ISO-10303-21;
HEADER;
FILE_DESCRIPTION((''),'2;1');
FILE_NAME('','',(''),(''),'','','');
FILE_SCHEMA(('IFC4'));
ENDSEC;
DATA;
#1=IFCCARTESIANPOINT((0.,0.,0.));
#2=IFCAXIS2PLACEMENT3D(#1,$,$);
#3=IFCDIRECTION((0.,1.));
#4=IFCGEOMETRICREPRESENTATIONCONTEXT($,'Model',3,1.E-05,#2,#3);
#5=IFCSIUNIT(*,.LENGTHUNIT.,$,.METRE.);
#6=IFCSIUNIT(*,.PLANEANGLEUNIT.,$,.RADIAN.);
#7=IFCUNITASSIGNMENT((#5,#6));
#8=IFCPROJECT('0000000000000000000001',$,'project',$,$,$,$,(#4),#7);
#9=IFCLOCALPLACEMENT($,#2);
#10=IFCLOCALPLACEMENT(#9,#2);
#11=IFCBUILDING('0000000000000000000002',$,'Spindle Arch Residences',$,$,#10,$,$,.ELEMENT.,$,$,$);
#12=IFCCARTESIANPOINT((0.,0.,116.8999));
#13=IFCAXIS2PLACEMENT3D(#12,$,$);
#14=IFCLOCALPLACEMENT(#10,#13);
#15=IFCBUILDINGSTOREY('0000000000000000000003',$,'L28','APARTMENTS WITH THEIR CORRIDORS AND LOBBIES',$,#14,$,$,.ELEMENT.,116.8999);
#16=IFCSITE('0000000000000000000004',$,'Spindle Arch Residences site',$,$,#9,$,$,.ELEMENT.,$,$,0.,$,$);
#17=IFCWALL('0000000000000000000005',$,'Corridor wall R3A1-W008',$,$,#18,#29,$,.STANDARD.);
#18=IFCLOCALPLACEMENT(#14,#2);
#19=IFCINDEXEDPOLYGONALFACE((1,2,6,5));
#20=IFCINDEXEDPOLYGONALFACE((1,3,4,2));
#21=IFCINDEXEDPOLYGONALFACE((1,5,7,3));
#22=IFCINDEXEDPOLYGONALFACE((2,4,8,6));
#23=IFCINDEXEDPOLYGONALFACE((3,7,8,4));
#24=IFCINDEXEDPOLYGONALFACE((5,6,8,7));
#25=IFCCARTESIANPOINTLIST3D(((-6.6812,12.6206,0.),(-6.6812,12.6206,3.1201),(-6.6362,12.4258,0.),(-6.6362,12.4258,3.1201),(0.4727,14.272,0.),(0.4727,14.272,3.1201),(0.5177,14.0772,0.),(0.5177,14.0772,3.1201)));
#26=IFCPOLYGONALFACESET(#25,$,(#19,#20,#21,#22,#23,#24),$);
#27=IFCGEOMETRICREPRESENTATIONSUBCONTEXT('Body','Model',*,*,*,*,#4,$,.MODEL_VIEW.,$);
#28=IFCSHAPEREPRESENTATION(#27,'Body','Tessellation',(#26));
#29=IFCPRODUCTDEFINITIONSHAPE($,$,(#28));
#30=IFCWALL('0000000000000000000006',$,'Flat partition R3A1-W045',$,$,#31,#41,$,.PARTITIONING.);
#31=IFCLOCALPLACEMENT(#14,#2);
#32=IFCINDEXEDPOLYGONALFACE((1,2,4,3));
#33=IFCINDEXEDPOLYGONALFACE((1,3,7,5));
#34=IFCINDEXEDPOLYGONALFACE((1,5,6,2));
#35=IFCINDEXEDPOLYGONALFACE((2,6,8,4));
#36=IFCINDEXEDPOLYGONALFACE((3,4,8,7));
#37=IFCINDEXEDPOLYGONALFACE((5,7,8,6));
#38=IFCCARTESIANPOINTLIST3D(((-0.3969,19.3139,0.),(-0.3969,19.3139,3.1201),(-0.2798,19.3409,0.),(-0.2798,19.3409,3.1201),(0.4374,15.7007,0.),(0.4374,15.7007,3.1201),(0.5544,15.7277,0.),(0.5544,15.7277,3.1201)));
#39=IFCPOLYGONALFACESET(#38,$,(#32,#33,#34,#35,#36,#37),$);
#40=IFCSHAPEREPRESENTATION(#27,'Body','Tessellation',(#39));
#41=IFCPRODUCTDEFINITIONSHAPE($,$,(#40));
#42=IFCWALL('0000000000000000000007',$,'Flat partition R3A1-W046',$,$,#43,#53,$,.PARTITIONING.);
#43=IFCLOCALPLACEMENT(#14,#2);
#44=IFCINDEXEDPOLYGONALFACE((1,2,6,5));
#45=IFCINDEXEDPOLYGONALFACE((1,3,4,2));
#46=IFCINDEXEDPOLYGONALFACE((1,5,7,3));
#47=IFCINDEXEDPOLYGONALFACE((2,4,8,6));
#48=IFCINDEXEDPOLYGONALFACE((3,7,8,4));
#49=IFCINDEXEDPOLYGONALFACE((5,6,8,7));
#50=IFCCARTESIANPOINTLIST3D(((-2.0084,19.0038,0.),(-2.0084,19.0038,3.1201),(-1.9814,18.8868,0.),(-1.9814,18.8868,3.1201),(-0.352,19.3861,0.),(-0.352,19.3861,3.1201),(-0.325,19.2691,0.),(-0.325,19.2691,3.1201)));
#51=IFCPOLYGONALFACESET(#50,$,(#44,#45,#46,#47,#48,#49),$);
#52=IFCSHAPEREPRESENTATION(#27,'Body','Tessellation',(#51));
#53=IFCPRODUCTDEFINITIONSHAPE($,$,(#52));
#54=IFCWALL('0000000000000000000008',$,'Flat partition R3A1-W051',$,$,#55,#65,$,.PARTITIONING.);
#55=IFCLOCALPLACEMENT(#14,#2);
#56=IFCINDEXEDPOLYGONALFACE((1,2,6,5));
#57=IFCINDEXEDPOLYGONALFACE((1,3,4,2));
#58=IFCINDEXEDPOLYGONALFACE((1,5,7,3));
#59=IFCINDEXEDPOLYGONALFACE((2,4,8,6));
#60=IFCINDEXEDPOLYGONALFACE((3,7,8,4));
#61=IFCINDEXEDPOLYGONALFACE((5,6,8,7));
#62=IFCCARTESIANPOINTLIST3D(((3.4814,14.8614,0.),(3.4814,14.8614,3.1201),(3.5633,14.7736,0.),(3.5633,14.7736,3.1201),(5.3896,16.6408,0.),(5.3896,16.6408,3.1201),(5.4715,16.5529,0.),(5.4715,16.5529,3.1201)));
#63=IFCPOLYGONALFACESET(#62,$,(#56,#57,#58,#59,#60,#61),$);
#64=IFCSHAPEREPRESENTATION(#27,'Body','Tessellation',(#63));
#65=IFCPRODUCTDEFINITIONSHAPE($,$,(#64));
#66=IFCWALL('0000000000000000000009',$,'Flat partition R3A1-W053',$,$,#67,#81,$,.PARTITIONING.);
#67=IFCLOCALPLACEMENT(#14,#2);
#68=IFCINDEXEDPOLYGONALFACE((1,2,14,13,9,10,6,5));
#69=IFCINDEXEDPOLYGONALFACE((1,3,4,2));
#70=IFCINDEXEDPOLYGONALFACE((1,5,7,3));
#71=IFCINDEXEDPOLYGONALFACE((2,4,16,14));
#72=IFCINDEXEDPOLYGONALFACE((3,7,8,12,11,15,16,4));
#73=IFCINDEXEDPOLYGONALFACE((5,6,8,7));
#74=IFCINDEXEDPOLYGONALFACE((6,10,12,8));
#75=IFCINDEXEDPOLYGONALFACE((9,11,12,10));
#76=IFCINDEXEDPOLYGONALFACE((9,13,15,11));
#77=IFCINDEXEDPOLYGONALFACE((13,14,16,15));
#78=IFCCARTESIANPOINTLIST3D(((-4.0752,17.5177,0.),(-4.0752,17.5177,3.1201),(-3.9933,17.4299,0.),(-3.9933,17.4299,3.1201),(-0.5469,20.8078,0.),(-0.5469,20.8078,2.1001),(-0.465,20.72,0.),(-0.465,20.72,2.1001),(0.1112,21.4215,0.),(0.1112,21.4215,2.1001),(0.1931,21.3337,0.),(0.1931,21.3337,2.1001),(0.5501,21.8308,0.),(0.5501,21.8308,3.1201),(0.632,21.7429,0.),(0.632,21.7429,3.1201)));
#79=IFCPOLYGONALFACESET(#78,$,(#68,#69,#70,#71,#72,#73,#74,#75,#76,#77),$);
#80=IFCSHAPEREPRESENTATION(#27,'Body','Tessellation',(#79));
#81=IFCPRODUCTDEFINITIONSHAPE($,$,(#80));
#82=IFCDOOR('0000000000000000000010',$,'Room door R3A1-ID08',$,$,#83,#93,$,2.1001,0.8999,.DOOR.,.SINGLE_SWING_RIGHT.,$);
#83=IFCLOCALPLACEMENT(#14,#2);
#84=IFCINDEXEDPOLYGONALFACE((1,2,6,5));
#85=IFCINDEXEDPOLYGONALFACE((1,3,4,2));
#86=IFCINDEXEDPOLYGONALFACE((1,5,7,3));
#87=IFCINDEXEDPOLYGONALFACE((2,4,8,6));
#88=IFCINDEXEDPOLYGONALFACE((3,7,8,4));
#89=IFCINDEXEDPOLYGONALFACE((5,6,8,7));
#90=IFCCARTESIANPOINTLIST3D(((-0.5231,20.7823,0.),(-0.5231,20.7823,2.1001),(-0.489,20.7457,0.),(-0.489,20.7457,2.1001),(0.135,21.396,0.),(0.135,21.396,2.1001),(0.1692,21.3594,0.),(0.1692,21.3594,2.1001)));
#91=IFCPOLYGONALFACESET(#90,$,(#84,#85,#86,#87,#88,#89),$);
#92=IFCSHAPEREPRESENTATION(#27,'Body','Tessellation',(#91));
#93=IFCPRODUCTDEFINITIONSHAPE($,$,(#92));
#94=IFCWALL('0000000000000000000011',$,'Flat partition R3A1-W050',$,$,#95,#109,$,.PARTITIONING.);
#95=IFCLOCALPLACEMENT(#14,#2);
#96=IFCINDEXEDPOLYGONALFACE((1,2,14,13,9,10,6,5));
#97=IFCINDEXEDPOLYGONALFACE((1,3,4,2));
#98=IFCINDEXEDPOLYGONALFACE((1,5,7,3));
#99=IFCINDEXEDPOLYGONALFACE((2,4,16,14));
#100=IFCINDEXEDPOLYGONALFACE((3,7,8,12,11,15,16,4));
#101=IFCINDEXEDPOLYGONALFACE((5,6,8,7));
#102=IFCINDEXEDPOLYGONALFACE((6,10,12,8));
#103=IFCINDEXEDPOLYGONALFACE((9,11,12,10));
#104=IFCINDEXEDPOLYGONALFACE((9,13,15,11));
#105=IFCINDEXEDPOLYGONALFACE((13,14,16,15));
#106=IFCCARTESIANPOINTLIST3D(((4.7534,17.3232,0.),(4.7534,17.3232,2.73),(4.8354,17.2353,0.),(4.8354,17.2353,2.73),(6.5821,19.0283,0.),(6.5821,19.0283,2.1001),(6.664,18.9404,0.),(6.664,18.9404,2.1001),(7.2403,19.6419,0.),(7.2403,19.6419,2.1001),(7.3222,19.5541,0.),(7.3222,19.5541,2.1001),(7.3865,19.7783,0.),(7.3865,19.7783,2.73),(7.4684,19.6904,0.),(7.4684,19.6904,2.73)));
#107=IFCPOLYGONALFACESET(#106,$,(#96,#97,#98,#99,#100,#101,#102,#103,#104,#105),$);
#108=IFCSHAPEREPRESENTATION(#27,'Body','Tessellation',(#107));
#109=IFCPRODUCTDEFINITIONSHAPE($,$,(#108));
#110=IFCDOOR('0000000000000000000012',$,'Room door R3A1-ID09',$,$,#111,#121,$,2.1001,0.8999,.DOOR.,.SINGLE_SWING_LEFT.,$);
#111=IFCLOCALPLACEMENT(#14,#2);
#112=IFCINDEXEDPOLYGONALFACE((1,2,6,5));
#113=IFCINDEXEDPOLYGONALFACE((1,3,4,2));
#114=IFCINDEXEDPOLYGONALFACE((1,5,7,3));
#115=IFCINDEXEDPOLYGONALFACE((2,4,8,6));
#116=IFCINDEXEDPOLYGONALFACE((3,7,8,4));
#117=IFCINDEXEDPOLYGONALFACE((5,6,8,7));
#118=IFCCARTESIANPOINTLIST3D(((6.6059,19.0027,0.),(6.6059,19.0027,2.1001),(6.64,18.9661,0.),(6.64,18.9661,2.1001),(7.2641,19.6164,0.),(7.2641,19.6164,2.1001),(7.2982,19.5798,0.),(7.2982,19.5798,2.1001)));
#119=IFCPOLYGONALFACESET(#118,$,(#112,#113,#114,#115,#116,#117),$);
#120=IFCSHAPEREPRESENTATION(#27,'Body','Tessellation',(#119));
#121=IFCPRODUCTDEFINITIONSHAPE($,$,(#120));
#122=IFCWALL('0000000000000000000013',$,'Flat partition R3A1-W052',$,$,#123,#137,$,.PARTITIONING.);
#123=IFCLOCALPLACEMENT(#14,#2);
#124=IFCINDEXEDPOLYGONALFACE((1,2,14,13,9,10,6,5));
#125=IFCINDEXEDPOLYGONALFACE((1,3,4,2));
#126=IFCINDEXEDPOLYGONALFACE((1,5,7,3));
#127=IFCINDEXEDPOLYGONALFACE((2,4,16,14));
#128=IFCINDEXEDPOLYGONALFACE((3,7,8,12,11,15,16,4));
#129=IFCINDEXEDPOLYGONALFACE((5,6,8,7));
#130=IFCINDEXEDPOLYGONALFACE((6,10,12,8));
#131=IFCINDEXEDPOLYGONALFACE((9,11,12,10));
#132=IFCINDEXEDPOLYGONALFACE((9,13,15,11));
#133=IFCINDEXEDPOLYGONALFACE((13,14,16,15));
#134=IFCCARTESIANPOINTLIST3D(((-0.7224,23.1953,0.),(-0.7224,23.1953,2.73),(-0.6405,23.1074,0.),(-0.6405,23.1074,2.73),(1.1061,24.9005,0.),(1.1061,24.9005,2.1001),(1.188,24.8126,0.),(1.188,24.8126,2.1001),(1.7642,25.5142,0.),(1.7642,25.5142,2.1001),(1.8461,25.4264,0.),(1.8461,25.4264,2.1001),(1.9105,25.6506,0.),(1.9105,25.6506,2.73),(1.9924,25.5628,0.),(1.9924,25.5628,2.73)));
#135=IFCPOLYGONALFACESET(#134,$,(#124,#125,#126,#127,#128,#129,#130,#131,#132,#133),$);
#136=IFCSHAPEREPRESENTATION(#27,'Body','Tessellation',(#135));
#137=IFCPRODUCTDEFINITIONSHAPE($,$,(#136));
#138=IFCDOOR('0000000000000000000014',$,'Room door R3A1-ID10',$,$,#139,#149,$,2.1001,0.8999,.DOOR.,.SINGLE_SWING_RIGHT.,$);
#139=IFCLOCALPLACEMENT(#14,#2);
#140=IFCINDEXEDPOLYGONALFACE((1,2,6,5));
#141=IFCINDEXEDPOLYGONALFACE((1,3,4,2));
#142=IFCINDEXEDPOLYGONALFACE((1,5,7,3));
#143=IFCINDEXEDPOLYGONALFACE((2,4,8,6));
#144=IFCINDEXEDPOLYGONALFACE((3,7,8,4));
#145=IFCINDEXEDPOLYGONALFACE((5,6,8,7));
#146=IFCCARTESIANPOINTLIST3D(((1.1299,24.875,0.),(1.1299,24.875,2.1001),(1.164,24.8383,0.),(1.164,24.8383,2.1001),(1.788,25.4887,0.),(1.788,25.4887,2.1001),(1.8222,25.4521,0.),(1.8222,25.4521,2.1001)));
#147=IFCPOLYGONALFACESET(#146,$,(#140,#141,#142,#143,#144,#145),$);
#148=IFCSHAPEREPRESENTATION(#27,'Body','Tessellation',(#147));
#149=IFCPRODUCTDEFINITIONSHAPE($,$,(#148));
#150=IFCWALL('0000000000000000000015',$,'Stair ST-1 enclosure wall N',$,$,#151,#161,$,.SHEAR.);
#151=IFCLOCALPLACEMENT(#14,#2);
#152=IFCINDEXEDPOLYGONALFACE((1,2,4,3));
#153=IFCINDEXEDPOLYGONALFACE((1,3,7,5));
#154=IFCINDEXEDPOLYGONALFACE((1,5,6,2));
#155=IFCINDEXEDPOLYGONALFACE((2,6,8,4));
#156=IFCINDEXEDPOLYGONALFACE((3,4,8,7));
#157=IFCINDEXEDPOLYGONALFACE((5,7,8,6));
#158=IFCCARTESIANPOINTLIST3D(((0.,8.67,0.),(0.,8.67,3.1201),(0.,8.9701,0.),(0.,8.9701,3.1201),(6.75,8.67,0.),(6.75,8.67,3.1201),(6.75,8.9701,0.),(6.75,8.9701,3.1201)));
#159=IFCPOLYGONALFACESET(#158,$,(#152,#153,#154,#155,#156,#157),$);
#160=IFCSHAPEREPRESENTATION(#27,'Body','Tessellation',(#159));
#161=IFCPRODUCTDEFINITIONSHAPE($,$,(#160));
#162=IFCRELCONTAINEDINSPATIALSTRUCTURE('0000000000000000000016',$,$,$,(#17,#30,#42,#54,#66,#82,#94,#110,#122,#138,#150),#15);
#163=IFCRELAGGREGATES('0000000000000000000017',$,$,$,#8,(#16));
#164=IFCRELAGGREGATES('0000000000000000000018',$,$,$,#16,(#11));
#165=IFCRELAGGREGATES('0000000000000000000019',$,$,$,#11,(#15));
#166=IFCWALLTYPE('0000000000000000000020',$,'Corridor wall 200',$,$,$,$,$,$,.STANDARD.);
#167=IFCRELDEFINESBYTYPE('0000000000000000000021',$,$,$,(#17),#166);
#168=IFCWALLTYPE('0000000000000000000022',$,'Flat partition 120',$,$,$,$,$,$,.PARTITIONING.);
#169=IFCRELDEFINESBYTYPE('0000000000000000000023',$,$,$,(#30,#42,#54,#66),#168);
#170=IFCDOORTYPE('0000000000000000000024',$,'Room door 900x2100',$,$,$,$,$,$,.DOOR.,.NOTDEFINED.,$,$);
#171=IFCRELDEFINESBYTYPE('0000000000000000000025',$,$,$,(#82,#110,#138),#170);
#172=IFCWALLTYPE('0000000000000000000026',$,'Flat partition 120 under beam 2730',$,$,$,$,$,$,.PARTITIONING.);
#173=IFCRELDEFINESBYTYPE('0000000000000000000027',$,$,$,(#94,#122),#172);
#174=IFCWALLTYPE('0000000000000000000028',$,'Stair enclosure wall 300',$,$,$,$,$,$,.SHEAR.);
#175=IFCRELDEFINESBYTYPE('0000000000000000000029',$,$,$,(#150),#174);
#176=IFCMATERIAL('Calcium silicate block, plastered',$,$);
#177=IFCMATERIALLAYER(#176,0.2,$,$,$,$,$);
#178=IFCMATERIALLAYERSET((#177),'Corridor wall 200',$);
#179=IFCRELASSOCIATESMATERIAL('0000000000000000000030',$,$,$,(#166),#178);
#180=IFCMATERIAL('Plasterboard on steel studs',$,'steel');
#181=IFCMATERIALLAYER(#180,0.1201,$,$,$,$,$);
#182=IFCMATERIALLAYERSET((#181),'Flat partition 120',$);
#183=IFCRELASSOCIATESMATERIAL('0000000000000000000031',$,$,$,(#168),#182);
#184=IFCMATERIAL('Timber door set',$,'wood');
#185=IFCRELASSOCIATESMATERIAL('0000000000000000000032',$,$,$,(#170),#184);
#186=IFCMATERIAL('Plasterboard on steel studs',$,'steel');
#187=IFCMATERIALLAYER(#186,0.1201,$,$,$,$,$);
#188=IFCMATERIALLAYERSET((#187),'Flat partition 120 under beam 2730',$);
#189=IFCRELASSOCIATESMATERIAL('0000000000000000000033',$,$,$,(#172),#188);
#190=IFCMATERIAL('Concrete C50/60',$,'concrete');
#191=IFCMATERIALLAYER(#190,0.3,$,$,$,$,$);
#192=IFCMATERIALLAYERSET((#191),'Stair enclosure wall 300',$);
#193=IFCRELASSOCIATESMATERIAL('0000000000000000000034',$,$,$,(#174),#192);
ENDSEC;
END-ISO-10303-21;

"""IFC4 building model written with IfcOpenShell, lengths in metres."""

from ifc_helpers import new_model, si_unit, direction, frame, frame_2d, origin, place, context, subcontext, project, spatial, rectangle, extrude, material, layer, layer_set, type_object, element, fill, save


model = new_model("IFC4")

# Units and contexts
model_context = context("Model", 3, precision=1e-05, world=origin(), true_north=direction((0.0, 1.0)))
body_context = subcontext(model_context, "Body", "Model", "MODEL_VIEW")
ifc_project = project(units=[si_unit("LENGTHUNIT", "METRE"), si_unit("PLANEANGLEUNIT", "RADIAN")], contexts=[model_context])

# Site, building, storey
site_placement = place(None, origin())
site = spatial("IfcSite", under=ifc_project, at=site_placement, Name="Spindle Arch Residences site", CompositionType="ELEMENT", RefElevation=0.0)
building_placement = place(site_placement, origin())
building = spatial("IfcBuilding", under=site, at=building_placement, Name="Spindle Arch Residences", CompositionType="ELEMENT")
storey_placement = place(building_placement, frame((0.0, 0.0, 116.8999)))
storey = spatial("IfcBuildingStorey", under=building, at=storey_placement, Name="L28", Description="APARTMENTS WITH THEIR CORRIDORS AND LOBBIES", CompositionType="ELEMENT", Elevation=116.8999)

# Walls
ifc_material_1 = material(Name="Calcium silicate block, plastered")
ifc_layer_1 = layer(ifc_material_1, 0.2)
ifc_layer_set_1 = layer_set([ifc_layer_1], Name="Corridor wall 200")
wall_type_1 = type_object("IfcWallType", Name="Corridor wall 200", PredefinedType="STANDARD", material=ifc_layer_set_1)
wall_1_placement = place(storey_placement, frame((0.4951, 14.1746, 0.0), z_axis=(0.0, 0.0, 1.0), x_axis=(-0.974377, -0.224923, 0.0)))
element("IfcWall", 1, at=wall_1_placement, inside=storey, type_object=wall_type_1, Name="Corridor wall R3A1-W008", PredefinedType="STANDARD", context=body_context, shape_type="SweptSolid", body=[
    extrude(rectangle(XDim=7.342, YDim=0.2, at=frame_2d((3.6709, 0.0))), origin(), (0.0, 0.0, 1.0), 3.1201),
])
ifc_material_2 = material(Name="Plasterboard on steel studs", Category="steel")
ifc_layer_2 = layer(ifc_material_2, 0.1201)
ifc_layer_set_2 = layer_set([ifc_layer_2], Name="Flat partition 120")
wall_type_2 = type_object("IfcWallType", Name="Flat partition 120", PredefinedType="PARTITIONING", material=ifc_layer_set_2)
wall_2_placement = place(storey_placement, frame((0.4958, 15.7144, 0.0), z_axis=(0.0, 0.0, 1.0), x_axis=(-0.22496, 0.974368, 0.0)))
element("IfcWall", 2, at=wall_2_placement, inside=storey, type_object=wall_type_2, Name="Flat partition R3A1-W045", PredefinedType="PARTITIONING", context=body_context, shape_type="SweptSolid", body=[
    extrude(rectangle(XDim=3.7083, YDim=0.1201, at=frame_2d((1.854, 0.0))), origin(), (0.0, 0.0, 1.0), 3.1201),
])
wall_3_placement = place(storey_placement, frame((-0.3384, 19.3276, 0.0), z_axis=(0.0, 0.0, 1.0), x_axis=(-0.974384, -0.224891, 0.0)))
element("IfcWall", 3, at=wall_3_placement, inside=storey, type_object=wall_type_2, Name="Flat partition R3A1-W046", PredefinedType="PARTITIONING", context=body_context, shape_type="SweptSolid", body=[
    extrude(rectangle(XDim=1.7, YDim=0.1201, at=frame_2d((0.8501, 0.0))), origin(), (0.0, 0.0, 1.0), 3.1201),
])
wall_4_placement = place(storey_placement, frame((5.4307, 16.5969, 0.0), z_axis=(0.0, 0.0, 1.0), x_axis=(-0.731379, -0.681971, 0.0)))
element("IfcWall", 4, at=wall_4_placement, inside=storey, type_object=wall_type_2, Name="Flat partition R3A1-W051", PredefinedType="PARTITIONING", context=body_context, shape_type="SweptSolid", body=[
    extrude(rectangle(XDim=2.6091, YDim=0.1201, at=frame_2d((1.3047, 0.0))), origin(), (0.0, 0.0, 1.0), 3.1201),
])

# Walls, openings, doors
wall_5_placement = place(storey_placement, frame((0.5911, 21.7869, 0.0), z_axis=(0.0, 0.0, 1.0), x_axis=(-0.731363, -0.681988, 0.0)))
wall_5 = element("IfcWall", 5, at=wall_5_placement, inside=storey, type_object=wall_type_2, Name="Flat partition R3A1-W053", PredefinedType="PARTITIONING", context=body_context, shape_type="SweptSolid", body=[
    extrude(rectangle(XDim=6.3242, YDim=0.1201, at=frame_2d((3.1621, 0.0))), origin(), (0.0, 0.0, 1.0), 3.1201),
])
opening_1_placement = place(wall_5_placement, frame((0.6001, 0.0, 0.0)))
opening_1 = element("IfcOpeningElement", 6, at=opening_1_placement, cuts=wall_5, PredefinedType="OPENING", context=body_context, shape_type="SweptSolid", body=[
    extrude(rectangle(XDim=0.8999, YDim=2.1001, at=frame_2d((0.45, 1.05))), frame((0.0, 0.0701, 0.0), z_axis=(0.0, -1.0, 0.0), x_axis=(1.0, 0.0, 0.0)), (0.0, 0.0, 1.0), 0.1401),
])
ifc_material_3 = material(Name="Timber door set", Category="wood")
door_type_1 = type_object("IfcDoorType", Name="Room door 900x2100", OperationType="NOTDEFINED", PredefinedType="DOOR", material=ifc_material_3)
door_1_placement = place(opening_1_placement, origin())
door_1 = element("IfcDoor", 7, at=door_1_placement, inside=storey, type_object=door_type_1, Name="Room door R3A1-ID08", OperationType="SINGLE_SWING_RIGHT", OverallHeight=2.1001, OverallWidth=0.8999, PredefinedType="DOOR", context=body_context, shape_type="SweptSolid", body=[
    extrude(rectangle(XDim=0.8999, YDim=2.1001, at=frame_2d((0.45, 1.05))), frame((0.0, 0.0249, 0.0), z_axis=(0.0, -1.0, 0.0), x_axis=(1.0, 0.0, 0.0)), (0.0, 0.0, 1.0), 0.05),
])
fill(opening_1, door_1)
ifc_material_4 = material(Name="Plasterboard on steel studs", Category="steel")
ifc_layer_3 = layer(ifc_material_4, 0.1201)
ifc_layer_set_3 = layer_set([ifc_layer_3], Name="Flat partition 120 under beam 2730")
wall_type_3 = type_object("IfcWallType", Name="Flat partition 120 under beam 2730", PredefinedType="PARTITIONING", material=ifc_layer_set_3)
wall_6_placement = place(storey_placement, frame((7.4275, 19.7344, 0.0), z_axis=(0.0, 0.0, 1.0), x_axis=(-0.731393, -0.681956, 0.0)))
wall_6 = element("IfcWall", 8, at=wall_6_placement, inside=storey, type_object=wall_type_3, Name="Flat partition R3A1-W050", PredefinedType="PARTITIONING", context=body_context, shape_type="SweptSolid", body=[
    extrude(rectangle(XDim=3.6001, YDim=0.1201, at=frame_2d((1.8, 0.0))), origin(), (0.0, 0.0, 1.0), 2.73),
])
opening_2_placement = place(wall_6_placement, frame((0.2, 0.0, 0.0)))
opening_2 = element("IfcOpeningElement", 9, at=opening_2_placement, cuts=wall_6, PredefinedType="OPENING", context=body_context, shape_type="SweptSolid", body=[
    extrude(rectangle(XDim=0.8999, YDim=2.1001, at=frame_2d((0.45, 1.05))), frame((0.0, 0.0701, 0.0), z_axis=(0.0, -1.0, 0.0), x_axis=(1.0, 0.0, 0.0)), (0.0, 0.0, 1.0), 0.1401),
])
door_2_placement = place(opening_2_placement, origin())
door_2 = element("IfcDoor", 10, at=door_2_placement, inside=storey, type_object=door_type_1, Name="Room door R3A1-ID09", OperationType="SINGLE_SWING_LEFT", OverallHeight=2.1001, OverallWidth=0.8999, PredefinedType="DOOR", context=body_context, shape_type="SweptSolid", body=[
    extrude(rectangle(XDim=0.8999, YDim=2.1001, at=frame_2d((0.45, 1.05))), frame((0.0, 0.0249, 0.0), z_axis=(0.0, -1.0, 0.0), x_axis=(1.0, 0.0, 0.0)), (0.0, 0.0, 1.0), 0.05),
])
fill(opening_2, door_2)
wall_7_placement = place(storey_placement, frame((1.9514, 25.6067, 0.0), z_axis=(0.0, 0.0, 1.0), x_axis=(-0.731328, -0.682026, 0.0)))
wall_7 = element("IfcWall", 11, at=wall_7_placement, inside=storey, type_object=wall_type_3, Name="Flat partition R3A1-W052", PredefinedType="PARTITIONING", context=body_context, shape_type="SweptSolid", body=[
    extrude(rectangle(XDim=3.6001, YDim=0.1201, at=frame_2d((1.8, 0.0))), origin(), (0.0, 0.0, 1.0), 2.73),
])
opening_3_placement = place(wall_7_placement, frame((0.2, 0.0, 0.0)))
opening_3 = element("IfcOpeningElement", 12, at=opening_3_placement, cuts=wall_7, PredefinedType="OPENING", context=body_context, shape_type="SweptSolid", body=[
    extrude(rectangle(XDim=0.8999, YDim=2.1001, at=frame_2d((0.45, 1.05))), frame((0.0, 0.0701, 0.0), z_axis=(0.0, -1.0, 0.0), x_axis=(1.0, 0.0, 0.0)), (0.0, 0.0, 1.0), 0.1401),
])
door_3_placement = place(opening_3_placement, origin())
door_3 = element("IfcDoor", 13, at=door_3_placement, inside=storey, type_object=door_type_1, Name="Room door R3A1-ID10", OperationType="SINGLE_SWING_RIGHT", OverallHeight=2.1001, OverallWidth=0.8999, PredefinedType="DOOR", context=body_context, shape_type="SweptSolid", body=[
    extrude(rectangle(XDim=0.8999, YDim=2.1001, at=frame_2d((0.45, 1.05))), frame((0.0, 0.0249, 0.0), z_axis=(0.0, -1.0, 0.0), x_axis=(1.0, 0.0, 0.0)), (0.0, 0.0, 1.0), 0.05),
])
fill(opening_3, door_3)

# Wall
ifc_material_5 = material(Name="Concrete C50/60", Category="concrete")
ifc_layer_4 = layer(ifc_material_5, 0.3)
ifc_layer_set_4 = layer_set([ifc_layer_4], Name="Stair enclosure wall 300")
wall_type_4 = type_object("IfcWallType", Name="Stair enclosure wall 300", PredefinedType="SHEAR", material=ifc_layer_set_4)
wall_8_placement = place(storey_placement, frame((0.0, 8.8201, 0.0), z_axis=(0.0, 0.0, 1.0), x_axis=(1.0, 0.0, 0.0)))
element("IfcWall", 14, at=wall_8_placement, inside=storey, type_object=wall_type_4, Name="Stair ST-1 enclosure wall N", PredefinedType="SHEAR", context=body_context, shape_type="SweptSolid", body=[
    extrude(rectangle(XDim=6.75, YDim=0.3, at=frame_2d((3.375, 0.0))), origin(), (0.0, 0.0, 1.0), 3.1201),
])

save(model, "model.ifc")
